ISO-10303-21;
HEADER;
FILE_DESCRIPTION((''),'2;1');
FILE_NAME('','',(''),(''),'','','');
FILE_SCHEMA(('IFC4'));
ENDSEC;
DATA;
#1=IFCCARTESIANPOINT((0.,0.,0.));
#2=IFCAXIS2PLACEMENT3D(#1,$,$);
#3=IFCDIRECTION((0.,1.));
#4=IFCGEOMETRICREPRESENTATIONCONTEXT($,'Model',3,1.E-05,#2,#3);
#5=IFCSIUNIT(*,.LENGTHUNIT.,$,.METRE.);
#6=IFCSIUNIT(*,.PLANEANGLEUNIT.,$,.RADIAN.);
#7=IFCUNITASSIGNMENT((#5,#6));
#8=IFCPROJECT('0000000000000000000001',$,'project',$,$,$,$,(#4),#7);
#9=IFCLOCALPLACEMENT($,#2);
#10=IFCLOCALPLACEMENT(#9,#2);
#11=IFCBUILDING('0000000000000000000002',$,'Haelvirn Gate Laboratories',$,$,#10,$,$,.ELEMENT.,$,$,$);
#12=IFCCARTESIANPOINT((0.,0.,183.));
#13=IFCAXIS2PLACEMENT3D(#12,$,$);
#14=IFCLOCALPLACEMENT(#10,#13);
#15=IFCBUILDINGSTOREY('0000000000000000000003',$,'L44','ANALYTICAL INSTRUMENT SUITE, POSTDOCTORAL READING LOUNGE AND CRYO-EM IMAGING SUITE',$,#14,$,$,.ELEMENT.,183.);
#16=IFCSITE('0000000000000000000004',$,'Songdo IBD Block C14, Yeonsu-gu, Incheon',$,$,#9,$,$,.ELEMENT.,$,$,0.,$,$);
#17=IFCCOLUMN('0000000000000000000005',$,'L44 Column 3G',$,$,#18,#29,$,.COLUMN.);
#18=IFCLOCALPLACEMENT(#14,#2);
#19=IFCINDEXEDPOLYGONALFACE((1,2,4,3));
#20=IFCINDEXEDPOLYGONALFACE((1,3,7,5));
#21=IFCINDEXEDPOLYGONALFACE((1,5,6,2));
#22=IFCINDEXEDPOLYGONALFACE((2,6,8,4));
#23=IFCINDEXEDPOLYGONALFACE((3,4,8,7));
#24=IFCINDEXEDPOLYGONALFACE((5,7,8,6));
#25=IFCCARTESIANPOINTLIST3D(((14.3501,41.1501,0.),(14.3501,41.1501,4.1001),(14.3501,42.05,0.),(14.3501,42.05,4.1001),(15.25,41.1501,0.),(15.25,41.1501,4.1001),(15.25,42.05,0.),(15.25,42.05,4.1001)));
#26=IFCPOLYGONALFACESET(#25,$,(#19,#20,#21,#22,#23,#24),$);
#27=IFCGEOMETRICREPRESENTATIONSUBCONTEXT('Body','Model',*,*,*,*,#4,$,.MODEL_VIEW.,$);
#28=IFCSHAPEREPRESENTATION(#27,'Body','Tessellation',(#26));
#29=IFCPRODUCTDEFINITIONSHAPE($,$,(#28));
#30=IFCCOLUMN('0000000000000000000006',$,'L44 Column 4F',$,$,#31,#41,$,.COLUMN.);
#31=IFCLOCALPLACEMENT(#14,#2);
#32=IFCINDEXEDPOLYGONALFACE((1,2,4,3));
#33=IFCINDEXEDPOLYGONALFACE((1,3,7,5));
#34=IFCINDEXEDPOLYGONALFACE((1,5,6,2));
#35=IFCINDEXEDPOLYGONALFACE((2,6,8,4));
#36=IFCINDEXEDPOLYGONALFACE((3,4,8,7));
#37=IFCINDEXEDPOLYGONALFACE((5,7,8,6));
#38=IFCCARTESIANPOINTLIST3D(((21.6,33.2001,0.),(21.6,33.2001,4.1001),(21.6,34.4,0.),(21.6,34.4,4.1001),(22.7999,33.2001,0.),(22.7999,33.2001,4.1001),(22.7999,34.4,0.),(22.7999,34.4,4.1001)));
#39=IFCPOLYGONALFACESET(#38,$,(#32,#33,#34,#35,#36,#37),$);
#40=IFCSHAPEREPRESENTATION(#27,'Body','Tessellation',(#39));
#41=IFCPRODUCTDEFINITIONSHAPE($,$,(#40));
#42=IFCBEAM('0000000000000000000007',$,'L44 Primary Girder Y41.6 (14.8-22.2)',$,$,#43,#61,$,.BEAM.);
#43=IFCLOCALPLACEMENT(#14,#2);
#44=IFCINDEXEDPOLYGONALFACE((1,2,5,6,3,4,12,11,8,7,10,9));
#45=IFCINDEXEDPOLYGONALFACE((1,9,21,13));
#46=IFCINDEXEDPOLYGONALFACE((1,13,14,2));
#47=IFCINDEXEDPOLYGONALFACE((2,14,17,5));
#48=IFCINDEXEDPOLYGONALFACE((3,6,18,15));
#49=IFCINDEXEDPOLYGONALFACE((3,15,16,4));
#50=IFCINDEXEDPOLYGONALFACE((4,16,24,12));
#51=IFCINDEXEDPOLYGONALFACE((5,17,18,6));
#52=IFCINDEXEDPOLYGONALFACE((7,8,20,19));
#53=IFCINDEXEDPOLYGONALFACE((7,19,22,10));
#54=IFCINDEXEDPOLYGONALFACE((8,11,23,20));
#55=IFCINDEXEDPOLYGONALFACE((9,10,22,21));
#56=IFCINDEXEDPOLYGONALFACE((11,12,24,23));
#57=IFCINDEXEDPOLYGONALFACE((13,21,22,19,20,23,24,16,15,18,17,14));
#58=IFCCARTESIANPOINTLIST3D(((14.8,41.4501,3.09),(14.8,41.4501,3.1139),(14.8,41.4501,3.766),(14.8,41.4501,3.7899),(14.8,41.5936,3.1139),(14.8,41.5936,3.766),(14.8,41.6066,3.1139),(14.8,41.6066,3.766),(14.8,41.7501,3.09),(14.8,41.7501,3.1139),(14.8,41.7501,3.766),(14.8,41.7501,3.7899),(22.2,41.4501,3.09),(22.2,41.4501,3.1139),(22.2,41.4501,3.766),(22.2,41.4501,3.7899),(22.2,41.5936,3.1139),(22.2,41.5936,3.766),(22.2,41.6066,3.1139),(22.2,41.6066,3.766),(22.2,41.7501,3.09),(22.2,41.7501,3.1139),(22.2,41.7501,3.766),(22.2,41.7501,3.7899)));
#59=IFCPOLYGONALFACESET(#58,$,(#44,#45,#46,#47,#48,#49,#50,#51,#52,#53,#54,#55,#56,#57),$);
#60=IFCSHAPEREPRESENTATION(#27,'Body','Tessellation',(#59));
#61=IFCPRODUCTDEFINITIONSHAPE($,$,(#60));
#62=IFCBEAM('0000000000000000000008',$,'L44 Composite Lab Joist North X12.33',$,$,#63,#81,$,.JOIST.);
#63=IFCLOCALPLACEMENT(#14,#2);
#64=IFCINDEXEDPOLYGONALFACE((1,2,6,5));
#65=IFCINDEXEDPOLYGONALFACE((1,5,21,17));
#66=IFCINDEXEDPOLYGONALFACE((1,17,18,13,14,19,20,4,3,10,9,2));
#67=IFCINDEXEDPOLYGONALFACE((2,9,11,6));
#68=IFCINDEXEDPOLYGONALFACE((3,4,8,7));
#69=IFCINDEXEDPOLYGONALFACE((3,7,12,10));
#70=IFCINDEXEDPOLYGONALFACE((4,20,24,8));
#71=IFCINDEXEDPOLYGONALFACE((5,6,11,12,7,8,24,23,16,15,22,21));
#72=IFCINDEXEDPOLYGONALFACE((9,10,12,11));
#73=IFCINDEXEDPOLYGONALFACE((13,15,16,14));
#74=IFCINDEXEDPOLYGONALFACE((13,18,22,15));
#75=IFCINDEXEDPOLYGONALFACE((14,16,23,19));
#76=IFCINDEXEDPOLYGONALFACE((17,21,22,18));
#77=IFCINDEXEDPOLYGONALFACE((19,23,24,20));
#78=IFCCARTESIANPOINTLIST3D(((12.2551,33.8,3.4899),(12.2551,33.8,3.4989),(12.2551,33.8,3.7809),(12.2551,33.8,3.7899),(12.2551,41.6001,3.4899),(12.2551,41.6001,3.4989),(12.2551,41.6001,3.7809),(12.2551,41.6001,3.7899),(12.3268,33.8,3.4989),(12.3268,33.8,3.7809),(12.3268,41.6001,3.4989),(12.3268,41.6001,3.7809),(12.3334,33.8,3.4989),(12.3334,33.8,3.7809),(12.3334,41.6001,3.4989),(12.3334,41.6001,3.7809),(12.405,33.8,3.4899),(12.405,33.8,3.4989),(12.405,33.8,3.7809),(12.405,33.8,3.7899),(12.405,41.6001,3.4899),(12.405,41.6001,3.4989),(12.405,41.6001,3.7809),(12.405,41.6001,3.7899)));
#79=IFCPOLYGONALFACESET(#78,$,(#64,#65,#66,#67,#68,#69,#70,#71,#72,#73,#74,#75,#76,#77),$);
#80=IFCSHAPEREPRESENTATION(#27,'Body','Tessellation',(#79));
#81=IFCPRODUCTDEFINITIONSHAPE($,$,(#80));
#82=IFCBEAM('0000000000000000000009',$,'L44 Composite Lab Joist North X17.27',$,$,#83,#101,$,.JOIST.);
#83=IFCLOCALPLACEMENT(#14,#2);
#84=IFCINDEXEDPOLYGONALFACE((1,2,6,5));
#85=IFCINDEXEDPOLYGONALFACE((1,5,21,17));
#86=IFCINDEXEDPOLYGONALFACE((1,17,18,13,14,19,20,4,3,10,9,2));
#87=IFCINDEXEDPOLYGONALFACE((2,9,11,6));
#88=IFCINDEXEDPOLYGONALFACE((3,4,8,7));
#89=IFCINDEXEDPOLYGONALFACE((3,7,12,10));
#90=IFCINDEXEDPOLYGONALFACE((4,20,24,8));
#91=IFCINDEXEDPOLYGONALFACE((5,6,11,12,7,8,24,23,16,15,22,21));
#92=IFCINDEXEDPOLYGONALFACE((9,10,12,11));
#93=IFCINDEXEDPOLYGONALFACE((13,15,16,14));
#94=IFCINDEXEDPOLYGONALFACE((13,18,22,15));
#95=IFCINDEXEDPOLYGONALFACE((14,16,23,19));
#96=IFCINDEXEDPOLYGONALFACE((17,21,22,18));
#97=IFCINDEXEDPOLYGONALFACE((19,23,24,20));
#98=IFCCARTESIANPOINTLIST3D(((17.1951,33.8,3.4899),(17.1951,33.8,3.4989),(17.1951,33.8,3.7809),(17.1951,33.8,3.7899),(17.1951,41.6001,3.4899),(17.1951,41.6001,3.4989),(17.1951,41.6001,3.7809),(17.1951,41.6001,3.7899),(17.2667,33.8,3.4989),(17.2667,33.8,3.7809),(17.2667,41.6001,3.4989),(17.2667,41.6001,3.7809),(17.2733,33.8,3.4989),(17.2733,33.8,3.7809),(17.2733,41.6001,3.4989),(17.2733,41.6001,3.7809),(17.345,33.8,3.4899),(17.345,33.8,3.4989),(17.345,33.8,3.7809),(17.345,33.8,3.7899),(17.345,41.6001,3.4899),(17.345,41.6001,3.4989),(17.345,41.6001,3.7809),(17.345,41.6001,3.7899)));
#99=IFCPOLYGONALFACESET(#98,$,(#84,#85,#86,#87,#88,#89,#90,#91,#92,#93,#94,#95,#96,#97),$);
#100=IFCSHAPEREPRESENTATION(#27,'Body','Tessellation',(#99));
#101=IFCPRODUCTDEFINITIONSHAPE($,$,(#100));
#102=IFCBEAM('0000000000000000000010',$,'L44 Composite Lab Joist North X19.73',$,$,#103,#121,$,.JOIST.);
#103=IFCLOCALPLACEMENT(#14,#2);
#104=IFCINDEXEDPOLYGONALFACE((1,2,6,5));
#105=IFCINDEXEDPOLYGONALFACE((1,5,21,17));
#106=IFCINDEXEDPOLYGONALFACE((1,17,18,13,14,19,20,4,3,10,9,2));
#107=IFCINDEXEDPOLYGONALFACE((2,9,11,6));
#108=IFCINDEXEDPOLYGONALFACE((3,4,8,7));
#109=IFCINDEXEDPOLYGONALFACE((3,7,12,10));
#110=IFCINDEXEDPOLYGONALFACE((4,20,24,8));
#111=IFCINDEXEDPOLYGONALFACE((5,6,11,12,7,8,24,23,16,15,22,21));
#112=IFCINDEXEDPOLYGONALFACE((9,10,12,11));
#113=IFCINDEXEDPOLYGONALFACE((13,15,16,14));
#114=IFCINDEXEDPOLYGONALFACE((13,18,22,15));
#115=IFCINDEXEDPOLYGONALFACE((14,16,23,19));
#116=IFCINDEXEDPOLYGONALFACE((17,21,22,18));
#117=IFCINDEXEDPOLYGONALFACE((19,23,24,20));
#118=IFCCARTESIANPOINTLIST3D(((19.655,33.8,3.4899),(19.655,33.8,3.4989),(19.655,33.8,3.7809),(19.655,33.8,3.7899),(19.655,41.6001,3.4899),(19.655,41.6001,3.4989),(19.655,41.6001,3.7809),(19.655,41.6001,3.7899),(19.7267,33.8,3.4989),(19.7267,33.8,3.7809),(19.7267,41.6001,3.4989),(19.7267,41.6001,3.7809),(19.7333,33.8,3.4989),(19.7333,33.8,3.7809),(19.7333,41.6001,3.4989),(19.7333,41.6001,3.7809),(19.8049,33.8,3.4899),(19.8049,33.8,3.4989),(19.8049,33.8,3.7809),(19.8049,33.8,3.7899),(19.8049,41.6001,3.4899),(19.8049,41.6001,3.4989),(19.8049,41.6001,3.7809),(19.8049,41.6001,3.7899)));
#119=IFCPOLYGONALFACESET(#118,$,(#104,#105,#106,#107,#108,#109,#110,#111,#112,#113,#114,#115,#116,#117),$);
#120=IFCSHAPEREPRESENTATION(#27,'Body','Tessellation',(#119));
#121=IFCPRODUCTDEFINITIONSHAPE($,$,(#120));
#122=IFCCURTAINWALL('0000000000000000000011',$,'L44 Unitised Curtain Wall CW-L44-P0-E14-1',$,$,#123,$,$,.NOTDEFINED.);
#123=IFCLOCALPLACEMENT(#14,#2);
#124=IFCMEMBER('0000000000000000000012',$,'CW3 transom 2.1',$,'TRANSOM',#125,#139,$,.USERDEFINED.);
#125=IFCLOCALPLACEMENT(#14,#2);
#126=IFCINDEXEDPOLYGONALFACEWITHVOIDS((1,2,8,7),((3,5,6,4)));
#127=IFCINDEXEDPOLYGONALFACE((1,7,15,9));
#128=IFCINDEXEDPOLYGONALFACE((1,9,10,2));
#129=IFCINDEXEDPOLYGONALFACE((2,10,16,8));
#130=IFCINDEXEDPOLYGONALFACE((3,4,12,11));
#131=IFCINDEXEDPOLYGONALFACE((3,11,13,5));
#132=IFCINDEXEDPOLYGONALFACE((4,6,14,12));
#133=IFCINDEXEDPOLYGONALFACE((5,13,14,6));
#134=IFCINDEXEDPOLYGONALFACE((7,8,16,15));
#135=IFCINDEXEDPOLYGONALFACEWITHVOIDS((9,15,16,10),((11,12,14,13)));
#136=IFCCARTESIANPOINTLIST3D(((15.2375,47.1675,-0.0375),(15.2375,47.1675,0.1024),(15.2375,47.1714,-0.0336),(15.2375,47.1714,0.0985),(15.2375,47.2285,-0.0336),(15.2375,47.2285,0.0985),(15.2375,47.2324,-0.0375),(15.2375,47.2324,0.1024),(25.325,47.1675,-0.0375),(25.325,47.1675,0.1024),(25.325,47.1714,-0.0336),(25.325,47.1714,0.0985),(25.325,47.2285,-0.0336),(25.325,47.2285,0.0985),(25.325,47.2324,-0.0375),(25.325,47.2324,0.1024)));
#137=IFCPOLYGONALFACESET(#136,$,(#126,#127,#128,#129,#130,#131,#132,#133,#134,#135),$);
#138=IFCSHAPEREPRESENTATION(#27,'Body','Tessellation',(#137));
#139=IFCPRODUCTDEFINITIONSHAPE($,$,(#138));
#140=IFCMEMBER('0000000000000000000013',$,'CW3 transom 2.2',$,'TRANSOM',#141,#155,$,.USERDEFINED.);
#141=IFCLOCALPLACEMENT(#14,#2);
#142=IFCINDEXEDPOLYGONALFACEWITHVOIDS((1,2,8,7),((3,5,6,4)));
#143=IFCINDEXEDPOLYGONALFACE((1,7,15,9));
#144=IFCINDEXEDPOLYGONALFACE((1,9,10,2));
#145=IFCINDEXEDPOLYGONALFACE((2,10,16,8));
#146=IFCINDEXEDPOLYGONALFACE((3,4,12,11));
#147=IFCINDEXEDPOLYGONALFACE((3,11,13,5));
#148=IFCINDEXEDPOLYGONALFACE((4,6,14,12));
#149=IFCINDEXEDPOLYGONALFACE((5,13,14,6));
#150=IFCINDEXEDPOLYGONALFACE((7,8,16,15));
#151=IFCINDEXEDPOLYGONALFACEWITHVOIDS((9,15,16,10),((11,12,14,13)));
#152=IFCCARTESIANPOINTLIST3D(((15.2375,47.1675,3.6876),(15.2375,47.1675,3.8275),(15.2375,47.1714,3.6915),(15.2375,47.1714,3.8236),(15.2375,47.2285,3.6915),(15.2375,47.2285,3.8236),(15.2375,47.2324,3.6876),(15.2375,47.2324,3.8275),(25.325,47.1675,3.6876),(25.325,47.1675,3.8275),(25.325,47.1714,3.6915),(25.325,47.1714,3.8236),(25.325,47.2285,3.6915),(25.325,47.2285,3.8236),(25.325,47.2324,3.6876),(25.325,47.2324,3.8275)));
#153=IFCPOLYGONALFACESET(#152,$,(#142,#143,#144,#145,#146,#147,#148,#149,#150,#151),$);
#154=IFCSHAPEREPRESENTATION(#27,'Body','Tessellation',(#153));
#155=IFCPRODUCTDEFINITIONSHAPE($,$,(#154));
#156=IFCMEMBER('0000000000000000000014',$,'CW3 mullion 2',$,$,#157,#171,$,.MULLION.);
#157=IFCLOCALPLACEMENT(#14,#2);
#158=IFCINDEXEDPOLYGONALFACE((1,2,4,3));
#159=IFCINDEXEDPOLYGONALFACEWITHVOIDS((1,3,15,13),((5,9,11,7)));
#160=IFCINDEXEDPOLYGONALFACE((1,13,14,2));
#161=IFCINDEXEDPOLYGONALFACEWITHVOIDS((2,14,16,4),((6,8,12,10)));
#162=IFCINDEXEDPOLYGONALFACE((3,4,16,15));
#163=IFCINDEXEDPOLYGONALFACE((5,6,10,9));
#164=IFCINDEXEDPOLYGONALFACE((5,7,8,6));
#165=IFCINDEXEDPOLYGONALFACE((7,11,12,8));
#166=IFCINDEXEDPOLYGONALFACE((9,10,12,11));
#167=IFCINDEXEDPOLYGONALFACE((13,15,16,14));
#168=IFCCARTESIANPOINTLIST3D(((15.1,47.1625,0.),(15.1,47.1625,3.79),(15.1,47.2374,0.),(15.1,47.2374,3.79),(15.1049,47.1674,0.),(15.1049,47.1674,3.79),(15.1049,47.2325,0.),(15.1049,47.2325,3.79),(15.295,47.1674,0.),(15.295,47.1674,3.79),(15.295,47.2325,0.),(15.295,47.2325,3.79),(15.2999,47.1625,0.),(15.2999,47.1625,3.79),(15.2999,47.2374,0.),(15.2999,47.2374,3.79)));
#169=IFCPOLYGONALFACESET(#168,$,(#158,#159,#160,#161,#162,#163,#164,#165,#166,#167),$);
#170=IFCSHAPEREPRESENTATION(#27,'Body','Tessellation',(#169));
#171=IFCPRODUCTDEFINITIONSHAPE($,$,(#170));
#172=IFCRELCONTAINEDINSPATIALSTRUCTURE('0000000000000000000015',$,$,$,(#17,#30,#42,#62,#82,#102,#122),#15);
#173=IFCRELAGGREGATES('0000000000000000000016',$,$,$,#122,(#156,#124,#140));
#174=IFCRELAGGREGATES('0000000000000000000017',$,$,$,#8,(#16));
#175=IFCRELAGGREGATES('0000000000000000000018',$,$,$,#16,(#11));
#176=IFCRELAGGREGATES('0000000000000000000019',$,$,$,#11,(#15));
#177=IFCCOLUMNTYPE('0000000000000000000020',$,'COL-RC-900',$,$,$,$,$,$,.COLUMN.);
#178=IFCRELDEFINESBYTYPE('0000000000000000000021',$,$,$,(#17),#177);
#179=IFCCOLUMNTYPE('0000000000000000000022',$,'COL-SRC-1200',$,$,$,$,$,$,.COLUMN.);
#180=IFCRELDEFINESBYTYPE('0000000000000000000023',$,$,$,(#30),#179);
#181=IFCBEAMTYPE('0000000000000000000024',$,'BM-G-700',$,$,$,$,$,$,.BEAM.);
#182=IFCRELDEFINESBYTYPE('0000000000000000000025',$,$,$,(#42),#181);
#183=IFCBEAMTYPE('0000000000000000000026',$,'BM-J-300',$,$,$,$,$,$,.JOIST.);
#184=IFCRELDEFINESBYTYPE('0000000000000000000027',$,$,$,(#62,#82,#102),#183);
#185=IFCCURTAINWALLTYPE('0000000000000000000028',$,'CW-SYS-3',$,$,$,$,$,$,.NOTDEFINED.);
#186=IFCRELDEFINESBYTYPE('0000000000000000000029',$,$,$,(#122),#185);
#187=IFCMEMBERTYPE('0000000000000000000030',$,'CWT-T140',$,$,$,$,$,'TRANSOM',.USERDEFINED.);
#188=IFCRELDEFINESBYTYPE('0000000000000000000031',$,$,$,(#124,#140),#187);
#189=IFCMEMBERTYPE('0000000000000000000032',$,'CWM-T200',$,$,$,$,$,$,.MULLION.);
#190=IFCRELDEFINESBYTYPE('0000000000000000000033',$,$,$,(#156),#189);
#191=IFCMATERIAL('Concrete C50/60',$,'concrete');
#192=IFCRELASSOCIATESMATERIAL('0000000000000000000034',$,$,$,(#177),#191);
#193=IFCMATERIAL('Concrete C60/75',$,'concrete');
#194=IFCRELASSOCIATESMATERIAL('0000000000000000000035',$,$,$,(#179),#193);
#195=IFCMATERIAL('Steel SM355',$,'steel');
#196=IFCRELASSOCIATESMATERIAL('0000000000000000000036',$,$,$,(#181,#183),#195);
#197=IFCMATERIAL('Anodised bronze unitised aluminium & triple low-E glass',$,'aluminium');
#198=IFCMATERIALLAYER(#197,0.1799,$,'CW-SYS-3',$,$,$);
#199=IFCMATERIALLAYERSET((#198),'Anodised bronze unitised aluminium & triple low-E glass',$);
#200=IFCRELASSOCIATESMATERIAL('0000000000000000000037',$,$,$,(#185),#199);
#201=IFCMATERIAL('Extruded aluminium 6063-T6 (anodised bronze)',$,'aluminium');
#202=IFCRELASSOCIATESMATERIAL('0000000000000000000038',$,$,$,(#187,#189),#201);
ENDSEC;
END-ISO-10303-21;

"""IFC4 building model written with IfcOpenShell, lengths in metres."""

from ifc_helpers import new_model, si_unit, direction, frame, origin, origin_2d, place, context, subcontext, project, spatial, rectangle, hollow_rectangle, i_section, extrude, source, transform, mapped, material, layer, layer_set, material_profile, profile_set, type_object, type_shapes, element, aggregate, save


model = new_model("IFC4")

# Units and contexts
model_context = context("Model", 3, precision=1e-05, world=origin(), true_north=direction((0.0, 1.0)))
body_context = subcontext(model_context, "Body", "Model", "MODEL_VIEW")
ifc_project = project(units=[si_unit("LENGTHUNIT", "METRE"), si_unit("PLANEANGLEUNIT", "RADIAN")], contexts=[model_context])

# Site, building, storey
site_placement = place(None, origin())
site = spatial("IfcSite", under=ifc_project, at=site_placement, Name="Songdo IBD Block C14, Yeonsu-gu, Incheon", CompositionType="ELEMENT", RefElevation=0.0)
building_placement = place(site_placement, origin())
building = spatial("IfcBuilding", under=site, at=building_placement, Name="Haelvirn Gate Laboratories", CompositionType="ELEMENT")
storey_placement = place(building_placement, frame((0.0, 0.0, 183.0)))
storey = spatial("IfcBuildingStorey", under=building, at=storey_placement, Name="L44", Description="ANALYTICAL INSTRUMENT SUITE, POSTDOCTORAL READING LOUNGE AND CRYO-EM IMAGING SUITE", CompositionType="ELEMENT", Elevation=183.0)

# Columns
ifc_material_1 = material(Name="Concrete C50/60", Category="concrete")
ifc_material_profile_1 = material_profile(ifc_material_1, rectangle(XDim=0.8999, YDim=0.8999, at=origin_2d()), Name="RC-900x900")
ifc_profile_set_1 = profile_set([ifc_material_profile_1], Name="Concrete C50/60")
column_type_1 = type_object("IfcColumnType", Name="COL-RC-900", PredefinedType="COLUMN", material=ifc_profile_set_1)
shared_shape_1 = source(origin(), body_context, "Body", "SweptSolid", [
    extrude(rectangle(XDim=0.8999, YDim=0.8999, at=origin_2d()), origin(), (0.0, 0.0, 1.0), 4.1001),
])
type_shapes(column_type_1, [shared_shape_1])
column_1_placement = place(storey_placement, frame((14.8, 41.6001, 0.0), z_axis=(0.0, 0.0, 1.0), x_axis=(1.0, 0.0, 0.0)))
element("IfcColumn", 1, at=column_1_placement, inside=storey, type_object=column_type_1, Name="L44 Column 3G", PredefinedType="COLUMN", context=body_context, shape_type="MappedRepresentation", body=[
    mapped(shared_shape_1, transform((0.0, 0.0, 0.0), scale=1.0)),
])
ifc_material_2 = material(Name="Concrete C60/75", Category="concrete")
ifc_material_profile_2 = material_profile(ifc_material_2, rectangle(XDim=1.2, YDim=1.2, at=origin_2d()), Name="SRC-1200x1200")
ifc_profile_set_2 = profile_set([ifc_material_profile_2], Name="Concrete C60/75")
column_type_2 = type_object("IfcColumnType", Name="COL-SRC-1200", PredefinedType="COLUMN", material=ifc_profile_set_2)
shared_shape_2 = source(origin(), body_context, "Body", "SweptSolid", [
    extrude(rectangle(XDim=1.2, YDim=1.2, at=origin_2d()), origin(), (0.0, 0.0, 1.0), 4.1001),
])
type_shapes(column_type_2, [shared_shape_2])
column_2_placement = place(storey_placement, frame((22.2, 33.8, 0.0), z_axis=(0.0, 0.0, 1.0), x_axis=(1.0, 0.0, 0.0)))
element("IfcColumn", 2, at=column_2_placement, inside=storey, type_object=column_type_2, Name="L44 Column 4F", PredefinedType="COLUMN", context=body_context, shape_type="MappedRepresentation", body=[
    mapped(shared_shape_2, transform((0.0, 0.0, 0.0), scale=1.0)),
])

# Beams
ifc_material_3 = material(Name="Steel SM355", Category="steel")
ifc_material_profile_3 = material_profile(ifc_material_3, i_section(OverallWidth=0.3, OverallDepth=0.7, WebThickness=0.0129, FlangeThickness=0.0239, at=origin_2d()), Name="H-700x300x13x24")
ifc_profile_set_3 = profile_set([ifc_material_profile_3], Name="Steel SM355")
beam_type_1 = type_object("IfcBeamType", Name="BM-G-700", PredefinedType="BEAM", material=ifc_profile_set_3)
shared_shape_3 = source(origin(), body_context, "Body", "SweptSolid", [
    extrude(i_section(OverallWidth=0.3, OverallDepth=0.7, WebThickness=0.0129, FlangeThickness=0.0239, at=origin_2d()), origin(), (0.0, 0.0, 1.0), 7.3999),
])
type_shapes(beam_type_1, [shared_shape_3])
beam_placement = place(storey_placement, frame((14.8, 41.6001, 3.4399), z_axis=(1.0, 0.0, 0.0), x_axis=(0.0, 1.0, 0.0)))
element("IfcBeam", 3, at=beam_placement, inside=storey, type_object=beam_type_1, Name="L44 Primary Girder Y41.6 (14.8-22.2)", PredefinedType="BEAM", context=body_context, shape_type="MappedRepresentation", body=[
    mapped(shared_shape_3, transform((0.0, 0.0, 0.0), scale=1.0)),
])
ifc_material_profile_4 = material_profile(ifc_material_3, i_section(OverallWidth=0.1499, OverallDepth=0.3, WebThickness=0.0066, FlangeThickness=0.009, at=origin_2d()), Name="H-300x150x6.5x9")
ifc_profile_set_4 = profile_set([ifc_material_profile_4], Name="Steel SM355")
beam_type_2 = type_object("IfcBeamType", Name="BM-J-300", PredefinedType="JOIST", material=ifc_profile_set_4)
shared_shape_4 = source(origin(), body_context, "Body", "SweptSolid", [
    extrude(i_section(OverallWidth=0.1499, OverallDepth=0.3, WebThickness=0.0066, FlangeThickness=0.009, at=origin_2d()), origin(), (0.0, 0.0, 1.0), 7.8),
])
type_shapes(beam_type_2, [shared_shape_4])
for number, where, z_axis, x_axis, name in (
    (4, (12.3301, 33.8, 3.6399), (0.0, 1.0, 0.0), (-1.0, 0.0, 0.0), "L44 Composite Lab Joist North X12.33"),
    (5, (17.27, 33.8, 3.6399), (0.0, 1.0, 0.0), (-1.0, 0.0, 0.0), "L44 Composite Lab Joist North X17.27"),
    (6, (19.73, 33.8, 3.6399), (0.0, 1.0, 0.0), (-1.0, 0.0, 0.0), "L44 Composite Lab Joist North X19.73"),
):
    element("IfcBeam", number, at=place(storey_placement, frame(where, z_axis=z_axis, x_axis=x_axis)), inside=storey, type_object=beam_type_2, Name=name, PredefinedType="JOIST", context=body_context, shape_type="MappedRepresentation", body=[
        mapped(shared_shape_4, transform((0.0, 0.0, 0.0), scale=1.0)),
    ])

# Curtain wall, members
ifc_material_4 = material(Name="Anodised bronze unitised aluminium & triple low-E glass", Category="aluminium")
ifc_layer_1 = layer(ifc_material_4, 0.1799, Name="CW-SYS-3")
ifc_layer_set_1 = layer_set([ifc_layer_1], Name="Anodised bronze unitised aluminium & triple low-E glass")
curtain_wall_type = type_object("IfcCurtainWallType", Name="CW-SYS-3", PredefinedType="NOTDEFINED", material=ifc_layer_set_1)
curtain_wall_placement = place(storey_placement, origin())
curtain_wall = element("IfcCurtainWall", 7, at=curtain_wall_placement, inside=storey, type_object=curtain_wall_type, Name="L44 Unitised Curtain Wall CW-L44-P0-E14-1", PredefinedType="NOTDEFINED")
ifc_material_5 = material(Name="Extruded aluminium 6063-T6 (anodised bronze)", Category="aluminium")
ifc_material_profile_5 = material_profile(ifc_material_5, hollow_rectangle(XDim=0.0649, YDim=0.1399, WallThickness=0.0039, at=origin_2d()), Name="CWT-140x65x4")
ifc_profile_set_5 = profile_set([ifc_material_profile_5], Name="Extruded aluminium 6063-T6 (anodised bronze)")
member_type_1 = type_object("IfcMemberType", Name="CWT-T140", ElementType="TRANSOM", PredefinedType="USERDEFINED", material=ifc_profile_set_5)
shared_shape_5 = source(origin(), body_context, "Body", "SweptSolid", [
    extrude(hollow_rectangle(XDim=0.0649, YDim=0.1399, WallThickness=0.0039, at=origin_2d()), origin(), (0.0, 0.0, 1.0), 10.0874),
])
type_shapes(member_type_1, [shared_shape_5])
member_1_placement = place(storey_placement, frame((15.2375, 47.2, 0.0325), z_axis=(1.0, 0.0, 0.0), x_axis=(0.0, 1.0, 0.0)))
member_1 = element("IfcMember", 8, at=member_1_placement, type_object=member_type_1, Name="CW3 transom 2.1", ObjectType="TRANSOM", PredefinedType="USERDEFINED", context=body_context, shape_type="MappedRepresentation", body=[
    mapped(shared_shape_5, transform((0.0, 0.0, 0.0), scale=1.0)),
])
member_2_placement = place(storey_placement, frame((15.2375, 47.2, 3.7576), z_axis=(1.0, 0.0, 0.0), x_axis=(0.0, 1.0, 0.0)))
member_2 = element("IfcMember", 9, at=member_2_placement, type_object=member_type_1, Name="CW3 transom 2.2", ObjectType="TRANSOM", PredefinedType="USERDEFINED", context=body_context, shape_type="MappedRepresentation", body=[
    mapped(shared_shape_5, transform((0.0, 0.0, 0.0), scale=1.0)),
])
ifc_material_profile_6 = material_profile(ifc_material_5, hollow_rectangle(XDim=0.075, YDim=0.2, WallThickness=0.0049, at=origin_2d()), Name="CWM-200x75x5")
ifc_profile_set_6 = profile_set([ifc_material_profile_6], Name="Extruded aluminium 6063-T6 (anodised bronze)")
member_type_2 = type_object("IfcMemberType", Name="CWM-T200", PredefinedType="MULLION", material=ifc_profile_set_6)
shared_shape_6 = source(origin(), body_context, "Body", "SweptSolid", [
    extrude(hollow_rectangle(XDim=0.075, YDim=0.2, WallThickness=0.0049, at=origin_2d()), origin(), (0.0, 0.0, 1.0), 3.79),
])
type_shapes(member_type_2, [shared_shape_6])
member_3_placement = place(storey_placement, frame((15.2, 47.2, 0.0), z_axis=(0.0, 0.0, 1.0), x_axis=(0.0, 1.0, 0.0)))
member_3 = element("IfcMember", 10, at=member_3_placement, type_object=member_type_2, Name="CW3 mullion 2", PredefinedType="MULLION", context=body_context, shape_type="MappedRepresentation", body=[
    mapped(shared_shape_6, transform((0.0, 0.0, 0.0), scale=1.0)),
])
aggregate(curtain_wall, [member_3, member_1, member_2])

save(model, "model.ifc")
